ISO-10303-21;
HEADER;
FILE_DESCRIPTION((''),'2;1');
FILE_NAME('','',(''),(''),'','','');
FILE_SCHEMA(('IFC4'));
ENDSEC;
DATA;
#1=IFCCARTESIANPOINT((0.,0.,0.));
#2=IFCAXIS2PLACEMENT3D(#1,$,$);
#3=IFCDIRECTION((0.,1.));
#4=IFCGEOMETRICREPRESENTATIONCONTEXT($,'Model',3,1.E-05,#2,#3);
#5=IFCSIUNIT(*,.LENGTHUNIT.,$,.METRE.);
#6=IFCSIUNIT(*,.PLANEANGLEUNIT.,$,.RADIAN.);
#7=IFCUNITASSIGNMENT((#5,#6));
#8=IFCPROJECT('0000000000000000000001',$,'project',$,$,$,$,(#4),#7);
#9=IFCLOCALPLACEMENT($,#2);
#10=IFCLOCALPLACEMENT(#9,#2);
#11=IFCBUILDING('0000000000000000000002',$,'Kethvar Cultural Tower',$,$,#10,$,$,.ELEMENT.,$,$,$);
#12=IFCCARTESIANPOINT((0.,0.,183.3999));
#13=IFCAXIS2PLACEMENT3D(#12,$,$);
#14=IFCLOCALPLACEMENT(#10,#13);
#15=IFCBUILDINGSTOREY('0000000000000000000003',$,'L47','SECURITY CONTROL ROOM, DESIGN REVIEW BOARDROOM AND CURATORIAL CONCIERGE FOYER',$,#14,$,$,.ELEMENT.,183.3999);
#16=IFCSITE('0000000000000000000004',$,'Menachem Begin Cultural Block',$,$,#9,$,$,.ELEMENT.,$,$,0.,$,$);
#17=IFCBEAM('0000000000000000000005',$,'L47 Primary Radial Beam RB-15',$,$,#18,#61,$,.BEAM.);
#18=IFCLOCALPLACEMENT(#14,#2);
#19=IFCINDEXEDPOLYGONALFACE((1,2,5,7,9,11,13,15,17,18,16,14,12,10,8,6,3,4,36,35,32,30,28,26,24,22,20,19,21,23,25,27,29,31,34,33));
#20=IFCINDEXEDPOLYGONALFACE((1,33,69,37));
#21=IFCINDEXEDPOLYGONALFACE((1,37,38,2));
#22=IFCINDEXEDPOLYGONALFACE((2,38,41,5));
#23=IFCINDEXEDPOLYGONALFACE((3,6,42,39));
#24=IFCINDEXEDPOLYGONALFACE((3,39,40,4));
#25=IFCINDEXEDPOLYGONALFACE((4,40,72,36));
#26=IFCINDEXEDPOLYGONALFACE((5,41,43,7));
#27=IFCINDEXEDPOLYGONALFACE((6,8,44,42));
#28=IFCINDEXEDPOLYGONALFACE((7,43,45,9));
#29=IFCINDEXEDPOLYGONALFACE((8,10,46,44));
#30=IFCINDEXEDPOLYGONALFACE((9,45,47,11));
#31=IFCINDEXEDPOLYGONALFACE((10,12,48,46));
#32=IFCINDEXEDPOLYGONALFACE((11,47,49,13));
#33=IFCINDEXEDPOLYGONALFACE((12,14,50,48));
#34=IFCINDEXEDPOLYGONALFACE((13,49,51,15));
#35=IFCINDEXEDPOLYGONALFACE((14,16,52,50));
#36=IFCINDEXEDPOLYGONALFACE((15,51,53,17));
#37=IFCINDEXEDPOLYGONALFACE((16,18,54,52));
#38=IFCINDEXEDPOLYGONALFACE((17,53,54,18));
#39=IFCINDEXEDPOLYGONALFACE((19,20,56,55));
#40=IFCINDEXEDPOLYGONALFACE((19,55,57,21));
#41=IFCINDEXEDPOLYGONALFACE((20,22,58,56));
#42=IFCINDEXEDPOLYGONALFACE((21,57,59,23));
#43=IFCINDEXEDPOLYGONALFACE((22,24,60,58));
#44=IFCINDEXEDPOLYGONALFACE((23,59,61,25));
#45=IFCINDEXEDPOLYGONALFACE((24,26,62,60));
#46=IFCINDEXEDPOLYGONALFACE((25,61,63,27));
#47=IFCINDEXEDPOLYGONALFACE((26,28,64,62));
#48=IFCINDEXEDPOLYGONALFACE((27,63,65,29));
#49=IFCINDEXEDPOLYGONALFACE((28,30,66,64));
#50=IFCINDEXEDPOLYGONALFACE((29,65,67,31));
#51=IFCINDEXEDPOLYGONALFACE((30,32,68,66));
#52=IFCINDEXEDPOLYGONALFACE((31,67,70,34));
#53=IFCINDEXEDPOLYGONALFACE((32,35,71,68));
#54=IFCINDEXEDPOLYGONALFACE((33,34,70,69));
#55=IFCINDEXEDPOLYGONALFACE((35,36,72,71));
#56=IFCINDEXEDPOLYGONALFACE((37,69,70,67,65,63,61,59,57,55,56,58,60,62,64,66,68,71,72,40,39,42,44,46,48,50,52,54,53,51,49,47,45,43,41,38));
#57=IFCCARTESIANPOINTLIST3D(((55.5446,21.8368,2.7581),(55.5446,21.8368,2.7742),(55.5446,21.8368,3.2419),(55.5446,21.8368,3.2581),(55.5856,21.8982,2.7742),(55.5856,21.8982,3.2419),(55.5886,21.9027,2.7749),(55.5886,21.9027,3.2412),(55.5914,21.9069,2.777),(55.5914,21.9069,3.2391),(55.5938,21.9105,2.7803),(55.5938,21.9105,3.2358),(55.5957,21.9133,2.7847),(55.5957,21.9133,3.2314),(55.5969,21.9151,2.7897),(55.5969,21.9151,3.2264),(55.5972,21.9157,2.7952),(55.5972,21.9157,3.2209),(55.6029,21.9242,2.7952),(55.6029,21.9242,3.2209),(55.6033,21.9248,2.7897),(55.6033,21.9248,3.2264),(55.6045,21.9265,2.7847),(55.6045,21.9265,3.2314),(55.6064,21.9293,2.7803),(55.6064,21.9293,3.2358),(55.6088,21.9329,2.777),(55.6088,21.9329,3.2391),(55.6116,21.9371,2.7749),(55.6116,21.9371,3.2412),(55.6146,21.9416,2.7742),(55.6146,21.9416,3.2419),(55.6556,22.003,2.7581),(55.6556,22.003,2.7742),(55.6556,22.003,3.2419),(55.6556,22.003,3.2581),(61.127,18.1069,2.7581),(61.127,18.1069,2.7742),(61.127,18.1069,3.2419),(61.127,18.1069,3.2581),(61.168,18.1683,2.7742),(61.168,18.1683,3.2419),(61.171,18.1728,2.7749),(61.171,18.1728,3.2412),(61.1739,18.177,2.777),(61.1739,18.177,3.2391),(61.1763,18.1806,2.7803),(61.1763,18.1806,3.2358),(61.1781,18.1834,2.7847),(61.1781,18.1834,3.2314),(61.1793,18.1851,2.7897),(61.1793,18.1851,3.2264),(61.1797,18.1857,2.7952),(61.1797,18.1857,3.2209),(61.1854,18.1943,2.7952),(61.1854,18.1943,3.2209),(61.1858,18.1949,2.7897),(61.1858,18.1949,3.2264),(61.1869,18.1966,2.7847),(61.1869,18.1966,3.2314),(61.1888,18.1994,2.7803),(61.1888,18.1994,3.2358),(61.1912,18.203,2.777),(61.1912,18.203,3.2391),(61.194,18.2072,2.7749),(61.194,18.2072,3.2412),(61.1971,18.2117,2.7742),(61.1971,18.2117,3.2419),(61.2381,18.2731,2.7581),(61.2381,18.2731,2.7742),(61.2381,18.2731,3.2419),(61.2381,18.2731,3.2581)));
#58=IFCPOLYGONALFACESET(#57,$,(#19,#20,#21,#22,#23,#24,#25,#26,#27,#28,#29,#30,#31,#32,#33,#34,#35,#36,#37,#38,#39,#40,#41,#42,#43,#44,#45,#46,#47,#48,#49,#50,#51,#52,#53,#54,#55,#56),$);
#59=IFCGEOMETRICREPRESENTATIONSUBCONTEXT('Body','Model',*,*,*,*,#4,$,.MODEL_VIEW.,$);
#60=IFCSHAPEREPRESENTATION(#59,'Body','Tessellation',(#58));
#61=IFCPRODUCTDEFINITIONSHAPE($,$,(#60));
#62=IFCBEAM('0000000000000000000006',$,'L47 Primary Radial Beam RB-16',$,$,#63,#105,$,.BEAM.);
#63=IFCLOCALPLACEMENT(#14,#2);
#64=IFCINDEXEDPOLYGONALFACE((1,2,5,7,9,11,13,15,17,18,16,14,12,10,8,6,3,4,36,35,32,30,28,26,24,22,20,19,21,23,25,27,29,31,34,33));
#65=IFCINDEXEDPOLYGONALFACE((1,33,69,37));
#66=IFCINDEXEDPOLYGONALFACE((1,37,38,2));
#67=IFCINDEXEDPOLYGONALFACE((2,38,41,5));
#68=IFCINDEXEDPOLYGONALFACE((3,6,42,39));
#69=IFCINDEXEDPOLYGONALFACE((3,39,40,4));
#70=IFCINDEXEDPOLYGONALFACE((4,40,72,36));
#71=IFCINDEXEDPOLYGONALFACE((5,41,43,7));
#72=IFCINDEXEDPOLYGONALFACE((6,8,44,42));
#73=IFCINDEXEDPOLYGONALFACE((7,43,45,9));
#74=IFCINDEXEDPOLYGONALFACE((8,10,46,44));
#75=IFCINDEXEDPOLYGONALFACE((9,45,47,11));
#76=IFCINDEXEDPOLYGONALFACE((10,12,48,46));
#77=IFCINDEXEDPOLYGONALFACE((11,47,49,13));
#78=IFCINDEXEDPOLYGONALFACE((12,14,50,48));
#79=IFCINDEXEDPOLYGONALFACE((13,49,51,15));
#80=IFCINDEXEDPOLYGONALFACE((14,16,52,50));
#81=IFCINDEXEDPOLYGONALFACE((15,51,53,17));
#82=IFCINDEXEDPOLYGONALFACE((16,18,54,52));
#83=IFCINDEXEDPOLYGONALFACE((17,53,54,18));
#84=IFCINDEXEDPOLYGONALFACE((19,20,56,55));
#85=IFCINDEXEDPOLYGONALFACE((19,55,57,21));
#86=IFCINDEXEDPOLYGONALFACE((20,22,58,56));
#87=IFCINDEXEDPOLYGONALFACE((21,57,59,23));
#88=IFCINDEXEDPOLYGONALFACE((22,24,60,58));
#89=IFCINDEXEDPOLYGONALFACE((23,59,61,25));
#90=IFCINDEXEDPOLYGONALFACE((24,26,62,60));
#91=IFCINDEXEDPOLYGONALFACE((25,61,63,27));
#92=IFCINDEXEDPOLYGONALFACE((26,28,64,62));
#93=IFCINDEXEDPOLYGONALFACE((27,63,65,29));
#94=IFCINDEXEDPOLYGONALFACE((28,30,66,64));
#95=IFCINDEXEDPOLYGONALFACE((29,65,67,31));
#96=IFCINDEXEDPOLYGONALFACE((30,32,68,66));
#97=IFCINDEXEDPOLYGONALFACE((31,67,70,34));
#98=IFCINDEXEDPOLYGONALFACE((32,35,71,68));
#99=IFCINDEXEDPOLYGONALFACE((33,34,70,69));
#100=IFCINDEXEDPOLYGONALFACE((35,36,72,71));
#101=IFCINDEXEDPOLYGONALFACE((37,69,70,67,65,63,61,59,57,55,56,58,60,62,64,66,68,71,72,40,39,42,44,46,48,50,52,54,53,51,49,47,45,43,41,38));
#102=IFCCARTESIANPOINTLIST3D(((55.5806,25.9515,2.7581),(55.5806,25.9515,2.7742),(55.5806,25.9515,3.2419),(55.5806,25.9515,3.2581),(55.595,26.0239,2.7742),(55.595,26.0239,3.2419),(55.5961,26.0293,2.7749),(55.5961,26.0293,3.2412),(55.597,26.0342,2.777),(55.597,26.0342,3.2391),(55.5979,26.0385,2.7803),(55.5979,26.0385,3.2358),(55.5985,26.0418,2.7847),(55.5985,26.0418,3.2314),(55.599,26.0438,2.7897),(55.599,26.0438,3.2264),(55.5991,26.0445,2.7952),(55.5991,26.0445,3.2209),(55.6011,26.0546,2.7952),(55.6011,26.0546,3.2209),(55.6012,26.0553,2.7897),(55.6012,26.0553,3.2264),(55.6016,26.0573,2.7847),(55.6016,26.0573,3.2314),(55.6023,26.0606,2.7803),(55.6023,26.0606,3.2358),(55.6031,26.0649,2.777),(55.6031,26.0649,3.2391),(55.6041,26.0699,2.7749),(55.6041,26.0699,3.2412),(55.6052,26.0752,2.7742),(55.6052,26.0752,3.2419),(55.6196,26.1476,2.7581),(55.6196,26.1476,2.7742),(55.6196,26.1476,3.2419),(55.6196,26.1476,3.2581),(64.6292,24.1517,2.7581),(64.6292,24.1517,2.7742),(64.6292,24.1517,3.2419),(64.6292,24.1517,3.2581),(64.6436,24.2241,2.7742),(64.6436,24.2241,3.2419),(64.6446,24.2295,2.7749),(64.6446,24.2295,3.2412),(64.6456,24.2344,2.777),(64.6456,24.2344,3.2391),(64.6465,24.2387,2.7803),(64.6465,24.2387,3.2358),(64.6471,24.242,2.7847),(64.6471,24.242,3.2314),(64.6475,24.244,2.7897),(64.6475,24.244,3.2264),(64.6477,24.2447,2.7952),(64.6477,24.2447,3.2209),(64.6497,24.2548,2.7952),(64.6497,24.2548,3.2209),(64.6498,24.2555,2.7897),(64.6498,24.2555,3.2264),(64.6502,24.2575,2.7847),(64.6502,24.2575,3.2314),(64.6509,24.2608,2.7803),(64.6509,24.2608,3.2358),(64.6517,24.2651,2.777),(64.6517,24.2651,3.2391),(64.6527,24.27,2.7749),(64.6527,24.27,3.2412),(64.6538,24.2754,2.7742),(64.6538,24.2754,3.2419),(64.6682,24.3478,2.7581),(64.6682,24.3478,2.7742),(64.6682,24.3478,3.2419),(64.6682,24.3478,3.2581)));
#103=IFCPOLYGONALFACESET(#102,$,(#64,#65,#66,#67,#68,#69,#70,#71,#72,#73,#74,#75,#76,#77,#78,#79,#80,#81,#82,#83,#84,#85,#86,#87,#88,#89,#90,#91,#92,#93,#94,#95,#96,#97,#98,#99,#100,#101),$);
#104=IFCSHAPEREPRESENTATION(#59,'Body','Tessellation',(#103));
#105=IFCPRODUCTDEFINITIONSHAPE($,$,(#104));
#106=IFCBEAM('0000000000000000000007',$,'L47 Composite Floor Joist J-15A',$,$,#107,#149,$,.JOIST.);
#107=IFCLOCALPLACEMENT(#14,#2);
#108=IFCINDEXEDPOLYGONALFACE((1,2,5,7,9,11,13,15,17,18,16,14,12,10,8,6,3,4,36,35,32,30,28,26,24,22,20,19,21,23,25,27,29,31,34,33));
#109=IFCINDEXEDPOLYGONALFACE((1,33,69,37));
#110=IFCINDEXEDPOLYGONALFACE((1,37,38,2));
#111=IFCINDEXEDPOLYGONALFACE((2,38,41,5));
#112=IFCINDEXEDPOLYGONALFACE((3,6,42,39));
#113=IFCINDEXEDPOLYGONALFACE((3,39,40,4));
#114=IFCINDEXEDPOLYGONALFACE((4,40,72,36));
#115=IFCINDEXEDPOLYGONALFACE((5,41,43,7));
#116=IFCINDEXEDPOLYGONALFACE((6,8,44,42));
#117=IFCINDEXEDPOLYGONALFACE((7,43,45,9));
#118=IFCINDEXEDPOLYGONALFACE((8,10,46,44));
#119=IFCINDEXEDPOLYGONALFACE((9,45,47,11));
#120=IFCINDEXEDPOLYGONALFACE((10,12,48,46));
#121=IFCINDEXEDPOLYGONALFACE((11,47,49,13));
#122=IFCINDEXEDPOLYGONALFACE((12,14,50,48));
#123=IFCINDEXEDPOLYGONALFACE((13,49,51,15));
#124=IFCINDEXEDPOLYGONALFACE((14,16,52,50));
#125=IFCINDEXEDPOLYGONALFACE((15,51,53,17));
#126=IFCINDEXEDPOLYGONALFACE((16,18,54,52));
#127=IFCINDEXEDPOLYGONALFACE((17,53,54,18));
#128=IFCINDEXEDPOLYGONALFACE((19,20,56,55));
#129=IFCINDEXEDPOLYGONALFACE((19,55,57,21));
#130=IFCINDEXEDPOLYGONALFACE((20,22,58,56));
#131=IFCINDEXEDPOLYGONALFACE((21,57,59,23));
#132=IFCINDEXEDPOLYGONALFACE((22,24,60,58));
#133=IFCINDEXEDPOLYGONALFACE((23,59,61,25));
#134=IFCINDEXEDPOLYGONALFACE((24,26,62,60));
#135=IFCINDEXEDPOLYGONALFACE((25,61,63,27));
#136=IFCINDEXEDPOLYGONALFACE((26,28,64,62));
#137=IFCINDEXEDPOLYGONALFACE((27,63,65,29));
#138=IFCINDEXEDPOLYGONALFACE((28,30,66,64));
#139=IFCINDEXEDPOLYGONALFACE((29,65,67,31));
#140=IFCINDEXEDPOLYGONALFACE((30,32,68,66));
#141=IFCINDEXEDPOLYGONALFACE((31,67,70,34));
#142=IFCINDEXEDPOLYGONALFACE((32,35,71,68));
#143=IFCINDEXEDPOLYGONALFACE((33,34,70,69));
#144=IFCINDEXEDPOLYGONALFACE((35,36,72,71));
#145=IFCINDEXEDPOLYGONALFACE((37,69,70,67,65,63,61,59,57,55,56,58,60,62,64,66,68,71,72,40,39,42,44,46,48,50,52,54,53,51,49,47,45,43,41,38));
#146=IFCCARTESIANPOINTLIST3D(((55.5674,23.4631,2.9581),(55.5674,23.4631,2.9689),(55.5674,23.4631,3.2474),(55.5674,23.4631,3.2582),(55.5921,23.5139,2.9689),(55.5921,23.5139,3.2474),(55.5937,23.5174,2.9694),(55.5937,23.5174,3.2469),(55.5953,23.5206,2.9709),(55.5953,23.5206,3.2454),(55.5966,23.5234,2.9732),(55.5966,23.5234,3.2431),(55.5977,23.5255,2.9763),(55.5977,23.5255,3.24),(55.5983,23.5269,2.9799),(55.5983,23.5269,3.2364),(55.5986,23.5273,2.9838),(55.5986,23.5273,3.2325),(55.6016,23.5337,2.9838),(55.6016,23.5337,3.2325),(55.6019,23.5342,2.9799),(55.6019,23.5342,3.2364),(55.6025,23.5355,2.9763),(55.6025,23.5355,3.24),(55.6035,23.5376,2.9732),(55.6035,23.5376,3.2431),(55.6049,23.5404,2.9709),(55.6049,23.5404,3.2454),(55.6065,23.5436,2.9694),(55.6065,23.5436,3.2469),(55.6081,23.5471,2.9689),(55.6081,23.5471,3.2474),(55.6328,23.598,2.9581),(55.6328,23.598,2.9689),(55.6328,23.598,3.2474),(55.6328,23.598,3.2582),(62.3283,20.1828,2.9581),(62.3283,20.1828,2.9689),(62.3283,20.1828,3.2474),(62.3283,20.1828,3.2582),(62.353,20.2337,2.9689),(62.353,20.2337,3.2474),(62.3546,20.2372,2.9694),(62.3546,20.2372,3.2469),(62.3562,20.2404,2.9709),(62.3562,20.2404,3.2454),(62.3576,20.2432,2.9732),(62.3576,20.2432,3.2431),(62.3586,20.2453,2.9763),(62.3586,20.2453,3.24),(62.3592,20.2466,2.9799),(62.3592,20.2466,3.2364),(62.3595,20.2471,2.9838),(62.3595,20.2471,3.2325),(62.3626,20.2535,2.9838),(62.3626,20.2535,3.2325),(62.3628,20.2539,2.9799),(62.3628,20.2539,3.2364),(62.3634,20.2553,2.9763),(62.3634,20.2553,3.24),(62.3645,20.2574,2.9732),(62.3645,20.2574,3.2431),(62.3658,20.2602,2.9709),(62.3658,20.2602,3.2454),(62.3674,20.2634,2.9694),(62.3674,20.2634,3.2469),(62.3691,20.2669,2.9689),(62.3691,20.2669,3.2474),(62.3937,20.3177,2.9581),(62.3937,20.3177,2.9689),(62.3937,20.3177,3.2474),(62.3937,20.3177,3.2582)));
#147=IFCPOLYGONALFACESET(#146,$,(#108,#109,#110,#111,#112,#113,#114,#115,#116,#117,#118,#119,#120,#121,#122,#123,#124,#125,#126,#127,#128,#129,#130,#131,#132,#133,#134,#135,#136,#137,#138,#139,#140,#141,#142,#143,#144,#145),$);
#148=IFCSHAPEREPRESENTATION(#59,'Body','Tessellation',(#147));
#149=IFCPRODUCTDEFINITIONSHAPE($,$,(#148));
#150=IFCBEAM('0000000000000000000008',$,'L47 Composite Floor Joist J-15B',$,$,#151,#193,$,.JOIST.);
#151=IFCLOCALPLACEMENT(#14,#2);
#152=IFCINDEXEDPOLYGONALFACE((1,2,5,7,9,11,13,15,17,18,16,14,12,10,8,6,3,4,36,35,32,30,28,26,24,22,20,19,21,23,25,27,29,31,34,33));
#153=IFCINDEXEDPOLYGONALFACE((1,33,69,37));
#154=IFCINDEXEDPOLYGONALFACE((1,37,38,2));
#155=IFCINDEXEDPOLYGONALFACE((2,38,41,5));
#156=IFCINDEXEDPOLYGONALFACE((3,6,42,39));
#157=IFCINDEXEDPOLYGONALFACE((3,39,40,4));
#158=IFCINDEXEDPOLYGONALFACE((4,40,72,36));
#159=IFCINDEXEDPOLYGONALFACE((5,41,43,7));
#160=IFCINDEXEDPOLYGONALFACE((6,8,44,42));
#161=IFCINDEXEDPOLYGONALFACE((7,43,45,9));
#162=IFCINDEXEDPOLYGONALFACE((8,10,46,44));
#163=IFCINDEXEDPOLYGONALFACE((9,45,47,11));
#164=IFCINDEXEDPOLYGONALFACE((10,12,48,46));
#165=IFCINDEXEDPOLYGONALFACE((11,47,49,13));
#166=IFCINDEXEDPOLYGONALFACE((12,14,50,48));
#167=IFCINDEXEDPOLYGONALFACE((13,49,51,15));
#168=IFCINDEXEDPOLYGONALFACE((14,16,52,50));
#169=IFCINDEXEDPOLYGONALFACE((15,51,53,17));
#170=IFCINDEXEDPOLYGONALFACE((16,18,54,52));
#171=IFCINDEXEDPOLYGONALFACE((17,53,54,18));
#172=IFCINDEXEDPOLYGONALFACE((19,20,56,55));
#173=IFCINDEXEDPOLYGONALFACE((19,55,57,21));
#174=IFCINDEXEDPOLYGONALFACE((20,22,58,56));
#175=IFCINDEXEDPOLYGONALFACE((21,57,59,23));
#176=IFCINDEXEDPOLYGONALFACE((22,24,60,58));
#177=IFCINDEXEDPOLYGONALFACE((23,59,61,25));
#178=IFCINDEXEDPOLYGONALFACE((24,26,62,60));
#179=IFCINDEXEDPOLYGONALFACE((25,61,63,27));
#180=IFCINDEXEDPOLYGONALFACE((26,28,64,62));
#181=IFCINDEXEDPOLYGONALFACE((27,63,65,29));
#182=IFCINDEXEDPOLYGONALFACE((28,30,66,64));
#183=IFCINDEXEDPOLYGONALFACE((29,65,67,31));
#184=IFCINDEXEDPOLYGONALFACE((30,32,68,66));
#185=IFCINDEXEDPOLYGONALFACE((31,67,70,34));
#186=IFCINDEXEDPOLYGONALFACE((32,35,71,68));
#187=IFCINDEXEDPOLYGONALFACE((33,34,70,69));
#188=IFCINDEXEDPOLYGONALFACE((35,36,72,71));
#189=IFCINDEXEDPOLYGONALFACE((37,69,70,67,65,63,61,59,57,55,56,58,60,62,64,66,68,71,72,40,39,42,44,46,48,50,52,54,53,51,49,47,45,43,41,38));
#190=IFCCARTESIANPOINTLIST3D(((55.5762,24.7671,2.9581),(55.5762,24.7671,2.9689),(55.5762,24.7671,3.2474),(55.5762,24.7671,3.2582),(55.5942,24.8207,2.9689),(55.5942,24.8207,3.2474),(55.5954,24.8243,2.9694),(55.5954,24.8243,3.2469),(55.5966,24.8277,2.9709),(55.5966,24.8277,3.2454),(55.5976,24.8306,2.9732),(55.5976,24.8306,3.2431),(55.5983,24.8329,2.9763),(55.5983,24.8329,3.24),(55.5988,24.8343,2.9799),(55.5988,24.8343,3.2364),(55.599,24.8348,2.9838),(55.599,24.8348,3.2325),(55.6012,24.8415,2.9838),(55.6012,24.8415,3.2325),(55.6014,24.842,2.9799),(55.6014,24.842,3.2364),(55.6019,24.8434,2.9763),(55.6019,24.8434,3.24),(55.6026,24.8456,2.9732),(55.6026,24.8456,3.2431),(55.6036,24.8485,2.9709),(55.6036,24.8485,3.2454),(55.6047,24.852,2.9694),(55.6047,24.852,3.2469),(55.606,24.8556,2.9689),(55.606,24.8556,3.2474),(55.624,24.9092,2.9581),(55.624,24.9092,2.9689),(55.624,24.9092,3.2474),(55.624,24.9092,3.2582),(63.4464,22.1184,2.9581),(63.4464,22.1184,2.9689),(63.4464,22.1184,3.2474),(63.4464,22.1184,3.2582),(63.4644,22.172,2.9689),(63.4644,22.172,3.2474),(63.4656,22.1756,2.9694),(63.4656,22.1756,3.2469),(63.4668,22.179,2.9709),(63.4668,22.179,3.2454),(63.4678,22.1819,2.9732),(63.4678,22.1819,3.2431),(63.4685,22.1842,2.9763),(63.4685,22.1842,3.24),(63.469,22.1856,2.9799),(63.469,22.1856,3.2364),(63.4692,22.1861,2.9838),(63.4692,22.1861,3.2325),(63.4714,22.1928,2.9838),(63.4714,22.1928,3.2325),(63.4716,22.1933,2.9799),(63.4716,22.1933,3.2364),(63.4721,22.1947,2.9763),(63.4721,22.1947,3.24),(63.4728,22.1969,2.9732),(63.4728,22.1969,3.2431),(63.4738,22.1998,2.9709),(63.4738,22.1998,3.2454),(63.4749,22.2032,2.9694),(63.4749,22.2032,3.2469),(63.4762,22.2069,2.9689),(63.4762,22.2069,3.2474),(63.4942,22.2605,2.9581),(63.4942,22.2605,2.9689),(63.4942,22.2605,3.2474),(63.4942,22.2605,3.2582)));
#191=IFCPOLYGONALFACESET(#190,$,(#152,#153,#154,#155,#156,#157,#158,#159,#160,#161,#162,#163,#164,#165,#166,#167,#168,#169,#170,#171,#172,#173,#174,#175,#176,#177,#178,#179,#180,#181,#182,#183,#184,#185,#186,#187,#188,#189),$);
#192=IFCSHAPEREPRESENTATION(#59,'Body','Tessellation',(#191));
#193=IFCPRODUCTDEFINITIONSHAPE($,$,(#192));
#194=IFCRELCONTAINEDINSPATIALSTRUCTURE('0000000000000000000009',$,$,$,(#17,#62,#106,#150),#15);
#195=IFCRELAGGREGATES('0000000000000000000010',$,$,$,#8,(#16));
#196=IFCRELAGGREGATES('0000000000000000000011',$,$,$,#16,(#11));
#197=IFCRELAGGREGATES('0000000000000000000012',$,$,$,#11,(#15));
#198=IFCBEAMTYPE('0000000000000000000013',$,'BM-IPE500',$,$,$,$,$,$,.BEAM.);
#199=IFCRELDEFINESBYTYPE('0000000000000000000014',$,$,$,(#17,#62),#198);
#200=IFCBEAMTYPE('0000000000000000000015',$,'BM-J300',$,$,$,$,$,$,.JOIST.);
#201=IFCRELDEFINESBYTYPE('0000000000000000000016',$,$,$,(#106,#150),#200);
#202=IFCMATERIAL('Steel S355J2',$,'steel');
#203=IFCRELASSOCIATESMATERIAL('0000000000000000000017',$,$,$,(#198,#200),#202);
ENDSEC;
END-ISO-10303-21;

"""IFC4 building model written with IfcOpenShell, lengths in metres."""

from ifc_helpers import new_model, si_unit, direction, frame, origin, origin_2d, place, context, subcontext, project, spatial, i_section, extrude, source, transform, mapped, material, material_profile, profile_set, type_object, element, save


model = new_model("IFC4")

# Units and contexts
model_context = context("Model", 3, precision=1e-05, world=origin(), true_north=direction((0.0, 1.0)))
body_context = subcontext(model_context, "Body", "Model", "MODEL_VIEW")
ifc_project = project(units=[si_unit("LENGTHUNIT", "METRE"), si_unit("PLANEANGLEUNIT", "RADIAN")], contexts=[model_context])

# Site, building, storey
site_placement = place(None, origin())
site = spatial("IfcSite", under=ifc_project, at=site_placement, Name="Menachem Begin Cultural Block", CompositionType="ELEMENT", RefElevation=0.0)
building_placement = place(site_placement, origin())
building = spatial("IfcBuilding", under=site, at=building_placement, Name="Kethvar Cultural Tower", CompositionType="ELEMENT")
storey_placement = place(building_placement, frame((0.0, 0.0, 183.3999)))
storey = spatial("IfcBuildingStorey", under=building, at=storey_placement, Name="L47", Description="SECURITY CONTROL ROOM, DESIGN REVIEW BOARDROOM AND CURATORIAL CONCIERGE FOYER", CompositionType="ELEMENT", Elevation=183.3999)

# Beams
ifc_material_1 = material(Name="Steel S355J2", Category="steel")
ifc_material_profile_1 = material_profile(ifc_material_1, i_section(OverallWidth=0.2, OverallDepth=0.5, WebThickness=0.0103, FlangeThickness=0.0161, FilletRadius=0.021, at=origin_2d()), Name="Steel S355J2 — IPE500")
ifc_profile_set_1 = profile_set([ifc_material_profile_1], Name="Steel S355J2 — IPE500")
beam_type_1 = type_object("IfcBeamType", Name="BM-IPE500", PredefinedType="BEAM", material=ifc_profile_set_1)
shared_shape_1 = source(origin(), body_context, "Body", "SweptSolid", [
    extrude(i_section(OverallWidth=0.2, OverallDepth=0.5, WebThickness=0.0103, FlangeThickness=0.0161, FilletRadius=0.021, at=origin_2d()), origin(), (0.0, 0.0, 1.0), 6.7139),
])
beam_1_placement = place(storey_placement, frame((55.6001, 21.9199, 3.0081), z_axis=(0.831479, -0.555556, 0.0), x_axis=(0.555556, 0.831479, 0.0)))
element("IfcBeam", 1, at=beam_1_placement, inside=storey, type_object=beam_type_1, Name="L47 Primary Radial Beam RB-15", PredefinedType="BEAM", context=body_context, shape_type="MappedRepresentation", body=[
    mapped(shared_shape_1, transform((0.0, 0.0, 0.0), scale=1.0)),
])
shared_shape_2 = source(origin(), body_context, "Body", "SweptSolid", [
    extrude(i_section(OverallWidth=0.2, OverallDepth=0.5, WebThickness=0.0103, FlangeThickness=0.0161, FilletRadius=0.021, at=origin_2d()), origin(), (0.0, 0.0, 1.0), 9.2258),
])
beam_2_placement = place(storey_placement, frame((55.6001, 26.0496, 3.0081), z_axis=(0.980787, -0.195083, 0.0), x_axis=(0.195083, 0.980787, 0.0)))
element("IfcBeam", 2, at=beam_2_placement, inside=storey, type_object=beam_type_1, Name="L47 Primary Radial Beam RB-16", PredefinedType="BEAM", context=body_context, shape_type="MappedRepresentation", body=[
    mapped(shared_shape_2, transform((0.0, 0.0, 0.0), scale=1.0)),
])
ifc_material_profile_2 = material_profile(ifc_material_1, i_section(OverallWidth=0.1499, OverallDepth=0.3, WebThickness=0.0071, FlangeThickness=0.0107, FilletRadius=0.0149, at=origin_2d()), Name="Steel S355J2 — IPE300")
ifc_profile_set_2 = profile_set([ifc_material_profile_2], Name="Steel S355J2 — IPE300")
beam_type_2 = type_object("IfcBeamType", Name="BM-J300", PredefinedType="JOIST", material=ifc_profile_set_2)
shared_shape_3 = source(origin(), body_context, "Body", "SweptSolid", [
    extrude(i_section(OverallWidth=0.1499, OverallDepth=0.3, WebThickness=0.0071, FlangeThickness=0.0107, FilletRadius=0.0149, at=origin_2d()), origin(), (0.0, 0.0, 1.0), 7.5146),
])
beam_3_placement = place(storey_placement, frame((55.6001, 23.5305, 3.1082), z_axis=(0.899698, -0.436513, 0.0), x_axis=(0.436513, 0.899698, 0.0)))
element("IfcBeam", 3, at=beam_3_placement, inside=storey, type_object=beam_type_2, Name="L47 Composite Floor Joist J-15A", PredefinedType="JOIST", context=body_context, shape_type="MappedRepresentation", body=[
    mapped(shared_shape_3, transform((0.0, 0.0, 0.0), scale=1.0)),
])
shared_shape_4 = source(origin(), body_context, "Body", "SweptSolid", [
    extrude(i_section(OverallWidth=0.1499, OverallDepth=0.3, WebThickness=0.0071, FlangeThickness=0.0107, FilletRadius=0.0149, at=origin_2d()), origin(), (0.0, 0.0, 1.0), 8.304),
])
beam_4_placement = place(storey_placement, frame((55.6001, 24.8381, 3.1082), z_axis=(0.947765, -0.31897, 0.0), x_axis=(0.31897, 0.947765, 0.0)))
element("IfcBeam", 4, at=beam_4_placement, inside=storey, type_object=beam_type_2, Name="L47 Composite Floor Joist J-15B", PredefinedType="JOIST", context=body_context, shape_type="MappedRepresentation", body=[
    mapped(shared_shape_4, transform((0.0, 0.0, 0.0), scale=1.0)),
])

save(model, "model.ifc")
